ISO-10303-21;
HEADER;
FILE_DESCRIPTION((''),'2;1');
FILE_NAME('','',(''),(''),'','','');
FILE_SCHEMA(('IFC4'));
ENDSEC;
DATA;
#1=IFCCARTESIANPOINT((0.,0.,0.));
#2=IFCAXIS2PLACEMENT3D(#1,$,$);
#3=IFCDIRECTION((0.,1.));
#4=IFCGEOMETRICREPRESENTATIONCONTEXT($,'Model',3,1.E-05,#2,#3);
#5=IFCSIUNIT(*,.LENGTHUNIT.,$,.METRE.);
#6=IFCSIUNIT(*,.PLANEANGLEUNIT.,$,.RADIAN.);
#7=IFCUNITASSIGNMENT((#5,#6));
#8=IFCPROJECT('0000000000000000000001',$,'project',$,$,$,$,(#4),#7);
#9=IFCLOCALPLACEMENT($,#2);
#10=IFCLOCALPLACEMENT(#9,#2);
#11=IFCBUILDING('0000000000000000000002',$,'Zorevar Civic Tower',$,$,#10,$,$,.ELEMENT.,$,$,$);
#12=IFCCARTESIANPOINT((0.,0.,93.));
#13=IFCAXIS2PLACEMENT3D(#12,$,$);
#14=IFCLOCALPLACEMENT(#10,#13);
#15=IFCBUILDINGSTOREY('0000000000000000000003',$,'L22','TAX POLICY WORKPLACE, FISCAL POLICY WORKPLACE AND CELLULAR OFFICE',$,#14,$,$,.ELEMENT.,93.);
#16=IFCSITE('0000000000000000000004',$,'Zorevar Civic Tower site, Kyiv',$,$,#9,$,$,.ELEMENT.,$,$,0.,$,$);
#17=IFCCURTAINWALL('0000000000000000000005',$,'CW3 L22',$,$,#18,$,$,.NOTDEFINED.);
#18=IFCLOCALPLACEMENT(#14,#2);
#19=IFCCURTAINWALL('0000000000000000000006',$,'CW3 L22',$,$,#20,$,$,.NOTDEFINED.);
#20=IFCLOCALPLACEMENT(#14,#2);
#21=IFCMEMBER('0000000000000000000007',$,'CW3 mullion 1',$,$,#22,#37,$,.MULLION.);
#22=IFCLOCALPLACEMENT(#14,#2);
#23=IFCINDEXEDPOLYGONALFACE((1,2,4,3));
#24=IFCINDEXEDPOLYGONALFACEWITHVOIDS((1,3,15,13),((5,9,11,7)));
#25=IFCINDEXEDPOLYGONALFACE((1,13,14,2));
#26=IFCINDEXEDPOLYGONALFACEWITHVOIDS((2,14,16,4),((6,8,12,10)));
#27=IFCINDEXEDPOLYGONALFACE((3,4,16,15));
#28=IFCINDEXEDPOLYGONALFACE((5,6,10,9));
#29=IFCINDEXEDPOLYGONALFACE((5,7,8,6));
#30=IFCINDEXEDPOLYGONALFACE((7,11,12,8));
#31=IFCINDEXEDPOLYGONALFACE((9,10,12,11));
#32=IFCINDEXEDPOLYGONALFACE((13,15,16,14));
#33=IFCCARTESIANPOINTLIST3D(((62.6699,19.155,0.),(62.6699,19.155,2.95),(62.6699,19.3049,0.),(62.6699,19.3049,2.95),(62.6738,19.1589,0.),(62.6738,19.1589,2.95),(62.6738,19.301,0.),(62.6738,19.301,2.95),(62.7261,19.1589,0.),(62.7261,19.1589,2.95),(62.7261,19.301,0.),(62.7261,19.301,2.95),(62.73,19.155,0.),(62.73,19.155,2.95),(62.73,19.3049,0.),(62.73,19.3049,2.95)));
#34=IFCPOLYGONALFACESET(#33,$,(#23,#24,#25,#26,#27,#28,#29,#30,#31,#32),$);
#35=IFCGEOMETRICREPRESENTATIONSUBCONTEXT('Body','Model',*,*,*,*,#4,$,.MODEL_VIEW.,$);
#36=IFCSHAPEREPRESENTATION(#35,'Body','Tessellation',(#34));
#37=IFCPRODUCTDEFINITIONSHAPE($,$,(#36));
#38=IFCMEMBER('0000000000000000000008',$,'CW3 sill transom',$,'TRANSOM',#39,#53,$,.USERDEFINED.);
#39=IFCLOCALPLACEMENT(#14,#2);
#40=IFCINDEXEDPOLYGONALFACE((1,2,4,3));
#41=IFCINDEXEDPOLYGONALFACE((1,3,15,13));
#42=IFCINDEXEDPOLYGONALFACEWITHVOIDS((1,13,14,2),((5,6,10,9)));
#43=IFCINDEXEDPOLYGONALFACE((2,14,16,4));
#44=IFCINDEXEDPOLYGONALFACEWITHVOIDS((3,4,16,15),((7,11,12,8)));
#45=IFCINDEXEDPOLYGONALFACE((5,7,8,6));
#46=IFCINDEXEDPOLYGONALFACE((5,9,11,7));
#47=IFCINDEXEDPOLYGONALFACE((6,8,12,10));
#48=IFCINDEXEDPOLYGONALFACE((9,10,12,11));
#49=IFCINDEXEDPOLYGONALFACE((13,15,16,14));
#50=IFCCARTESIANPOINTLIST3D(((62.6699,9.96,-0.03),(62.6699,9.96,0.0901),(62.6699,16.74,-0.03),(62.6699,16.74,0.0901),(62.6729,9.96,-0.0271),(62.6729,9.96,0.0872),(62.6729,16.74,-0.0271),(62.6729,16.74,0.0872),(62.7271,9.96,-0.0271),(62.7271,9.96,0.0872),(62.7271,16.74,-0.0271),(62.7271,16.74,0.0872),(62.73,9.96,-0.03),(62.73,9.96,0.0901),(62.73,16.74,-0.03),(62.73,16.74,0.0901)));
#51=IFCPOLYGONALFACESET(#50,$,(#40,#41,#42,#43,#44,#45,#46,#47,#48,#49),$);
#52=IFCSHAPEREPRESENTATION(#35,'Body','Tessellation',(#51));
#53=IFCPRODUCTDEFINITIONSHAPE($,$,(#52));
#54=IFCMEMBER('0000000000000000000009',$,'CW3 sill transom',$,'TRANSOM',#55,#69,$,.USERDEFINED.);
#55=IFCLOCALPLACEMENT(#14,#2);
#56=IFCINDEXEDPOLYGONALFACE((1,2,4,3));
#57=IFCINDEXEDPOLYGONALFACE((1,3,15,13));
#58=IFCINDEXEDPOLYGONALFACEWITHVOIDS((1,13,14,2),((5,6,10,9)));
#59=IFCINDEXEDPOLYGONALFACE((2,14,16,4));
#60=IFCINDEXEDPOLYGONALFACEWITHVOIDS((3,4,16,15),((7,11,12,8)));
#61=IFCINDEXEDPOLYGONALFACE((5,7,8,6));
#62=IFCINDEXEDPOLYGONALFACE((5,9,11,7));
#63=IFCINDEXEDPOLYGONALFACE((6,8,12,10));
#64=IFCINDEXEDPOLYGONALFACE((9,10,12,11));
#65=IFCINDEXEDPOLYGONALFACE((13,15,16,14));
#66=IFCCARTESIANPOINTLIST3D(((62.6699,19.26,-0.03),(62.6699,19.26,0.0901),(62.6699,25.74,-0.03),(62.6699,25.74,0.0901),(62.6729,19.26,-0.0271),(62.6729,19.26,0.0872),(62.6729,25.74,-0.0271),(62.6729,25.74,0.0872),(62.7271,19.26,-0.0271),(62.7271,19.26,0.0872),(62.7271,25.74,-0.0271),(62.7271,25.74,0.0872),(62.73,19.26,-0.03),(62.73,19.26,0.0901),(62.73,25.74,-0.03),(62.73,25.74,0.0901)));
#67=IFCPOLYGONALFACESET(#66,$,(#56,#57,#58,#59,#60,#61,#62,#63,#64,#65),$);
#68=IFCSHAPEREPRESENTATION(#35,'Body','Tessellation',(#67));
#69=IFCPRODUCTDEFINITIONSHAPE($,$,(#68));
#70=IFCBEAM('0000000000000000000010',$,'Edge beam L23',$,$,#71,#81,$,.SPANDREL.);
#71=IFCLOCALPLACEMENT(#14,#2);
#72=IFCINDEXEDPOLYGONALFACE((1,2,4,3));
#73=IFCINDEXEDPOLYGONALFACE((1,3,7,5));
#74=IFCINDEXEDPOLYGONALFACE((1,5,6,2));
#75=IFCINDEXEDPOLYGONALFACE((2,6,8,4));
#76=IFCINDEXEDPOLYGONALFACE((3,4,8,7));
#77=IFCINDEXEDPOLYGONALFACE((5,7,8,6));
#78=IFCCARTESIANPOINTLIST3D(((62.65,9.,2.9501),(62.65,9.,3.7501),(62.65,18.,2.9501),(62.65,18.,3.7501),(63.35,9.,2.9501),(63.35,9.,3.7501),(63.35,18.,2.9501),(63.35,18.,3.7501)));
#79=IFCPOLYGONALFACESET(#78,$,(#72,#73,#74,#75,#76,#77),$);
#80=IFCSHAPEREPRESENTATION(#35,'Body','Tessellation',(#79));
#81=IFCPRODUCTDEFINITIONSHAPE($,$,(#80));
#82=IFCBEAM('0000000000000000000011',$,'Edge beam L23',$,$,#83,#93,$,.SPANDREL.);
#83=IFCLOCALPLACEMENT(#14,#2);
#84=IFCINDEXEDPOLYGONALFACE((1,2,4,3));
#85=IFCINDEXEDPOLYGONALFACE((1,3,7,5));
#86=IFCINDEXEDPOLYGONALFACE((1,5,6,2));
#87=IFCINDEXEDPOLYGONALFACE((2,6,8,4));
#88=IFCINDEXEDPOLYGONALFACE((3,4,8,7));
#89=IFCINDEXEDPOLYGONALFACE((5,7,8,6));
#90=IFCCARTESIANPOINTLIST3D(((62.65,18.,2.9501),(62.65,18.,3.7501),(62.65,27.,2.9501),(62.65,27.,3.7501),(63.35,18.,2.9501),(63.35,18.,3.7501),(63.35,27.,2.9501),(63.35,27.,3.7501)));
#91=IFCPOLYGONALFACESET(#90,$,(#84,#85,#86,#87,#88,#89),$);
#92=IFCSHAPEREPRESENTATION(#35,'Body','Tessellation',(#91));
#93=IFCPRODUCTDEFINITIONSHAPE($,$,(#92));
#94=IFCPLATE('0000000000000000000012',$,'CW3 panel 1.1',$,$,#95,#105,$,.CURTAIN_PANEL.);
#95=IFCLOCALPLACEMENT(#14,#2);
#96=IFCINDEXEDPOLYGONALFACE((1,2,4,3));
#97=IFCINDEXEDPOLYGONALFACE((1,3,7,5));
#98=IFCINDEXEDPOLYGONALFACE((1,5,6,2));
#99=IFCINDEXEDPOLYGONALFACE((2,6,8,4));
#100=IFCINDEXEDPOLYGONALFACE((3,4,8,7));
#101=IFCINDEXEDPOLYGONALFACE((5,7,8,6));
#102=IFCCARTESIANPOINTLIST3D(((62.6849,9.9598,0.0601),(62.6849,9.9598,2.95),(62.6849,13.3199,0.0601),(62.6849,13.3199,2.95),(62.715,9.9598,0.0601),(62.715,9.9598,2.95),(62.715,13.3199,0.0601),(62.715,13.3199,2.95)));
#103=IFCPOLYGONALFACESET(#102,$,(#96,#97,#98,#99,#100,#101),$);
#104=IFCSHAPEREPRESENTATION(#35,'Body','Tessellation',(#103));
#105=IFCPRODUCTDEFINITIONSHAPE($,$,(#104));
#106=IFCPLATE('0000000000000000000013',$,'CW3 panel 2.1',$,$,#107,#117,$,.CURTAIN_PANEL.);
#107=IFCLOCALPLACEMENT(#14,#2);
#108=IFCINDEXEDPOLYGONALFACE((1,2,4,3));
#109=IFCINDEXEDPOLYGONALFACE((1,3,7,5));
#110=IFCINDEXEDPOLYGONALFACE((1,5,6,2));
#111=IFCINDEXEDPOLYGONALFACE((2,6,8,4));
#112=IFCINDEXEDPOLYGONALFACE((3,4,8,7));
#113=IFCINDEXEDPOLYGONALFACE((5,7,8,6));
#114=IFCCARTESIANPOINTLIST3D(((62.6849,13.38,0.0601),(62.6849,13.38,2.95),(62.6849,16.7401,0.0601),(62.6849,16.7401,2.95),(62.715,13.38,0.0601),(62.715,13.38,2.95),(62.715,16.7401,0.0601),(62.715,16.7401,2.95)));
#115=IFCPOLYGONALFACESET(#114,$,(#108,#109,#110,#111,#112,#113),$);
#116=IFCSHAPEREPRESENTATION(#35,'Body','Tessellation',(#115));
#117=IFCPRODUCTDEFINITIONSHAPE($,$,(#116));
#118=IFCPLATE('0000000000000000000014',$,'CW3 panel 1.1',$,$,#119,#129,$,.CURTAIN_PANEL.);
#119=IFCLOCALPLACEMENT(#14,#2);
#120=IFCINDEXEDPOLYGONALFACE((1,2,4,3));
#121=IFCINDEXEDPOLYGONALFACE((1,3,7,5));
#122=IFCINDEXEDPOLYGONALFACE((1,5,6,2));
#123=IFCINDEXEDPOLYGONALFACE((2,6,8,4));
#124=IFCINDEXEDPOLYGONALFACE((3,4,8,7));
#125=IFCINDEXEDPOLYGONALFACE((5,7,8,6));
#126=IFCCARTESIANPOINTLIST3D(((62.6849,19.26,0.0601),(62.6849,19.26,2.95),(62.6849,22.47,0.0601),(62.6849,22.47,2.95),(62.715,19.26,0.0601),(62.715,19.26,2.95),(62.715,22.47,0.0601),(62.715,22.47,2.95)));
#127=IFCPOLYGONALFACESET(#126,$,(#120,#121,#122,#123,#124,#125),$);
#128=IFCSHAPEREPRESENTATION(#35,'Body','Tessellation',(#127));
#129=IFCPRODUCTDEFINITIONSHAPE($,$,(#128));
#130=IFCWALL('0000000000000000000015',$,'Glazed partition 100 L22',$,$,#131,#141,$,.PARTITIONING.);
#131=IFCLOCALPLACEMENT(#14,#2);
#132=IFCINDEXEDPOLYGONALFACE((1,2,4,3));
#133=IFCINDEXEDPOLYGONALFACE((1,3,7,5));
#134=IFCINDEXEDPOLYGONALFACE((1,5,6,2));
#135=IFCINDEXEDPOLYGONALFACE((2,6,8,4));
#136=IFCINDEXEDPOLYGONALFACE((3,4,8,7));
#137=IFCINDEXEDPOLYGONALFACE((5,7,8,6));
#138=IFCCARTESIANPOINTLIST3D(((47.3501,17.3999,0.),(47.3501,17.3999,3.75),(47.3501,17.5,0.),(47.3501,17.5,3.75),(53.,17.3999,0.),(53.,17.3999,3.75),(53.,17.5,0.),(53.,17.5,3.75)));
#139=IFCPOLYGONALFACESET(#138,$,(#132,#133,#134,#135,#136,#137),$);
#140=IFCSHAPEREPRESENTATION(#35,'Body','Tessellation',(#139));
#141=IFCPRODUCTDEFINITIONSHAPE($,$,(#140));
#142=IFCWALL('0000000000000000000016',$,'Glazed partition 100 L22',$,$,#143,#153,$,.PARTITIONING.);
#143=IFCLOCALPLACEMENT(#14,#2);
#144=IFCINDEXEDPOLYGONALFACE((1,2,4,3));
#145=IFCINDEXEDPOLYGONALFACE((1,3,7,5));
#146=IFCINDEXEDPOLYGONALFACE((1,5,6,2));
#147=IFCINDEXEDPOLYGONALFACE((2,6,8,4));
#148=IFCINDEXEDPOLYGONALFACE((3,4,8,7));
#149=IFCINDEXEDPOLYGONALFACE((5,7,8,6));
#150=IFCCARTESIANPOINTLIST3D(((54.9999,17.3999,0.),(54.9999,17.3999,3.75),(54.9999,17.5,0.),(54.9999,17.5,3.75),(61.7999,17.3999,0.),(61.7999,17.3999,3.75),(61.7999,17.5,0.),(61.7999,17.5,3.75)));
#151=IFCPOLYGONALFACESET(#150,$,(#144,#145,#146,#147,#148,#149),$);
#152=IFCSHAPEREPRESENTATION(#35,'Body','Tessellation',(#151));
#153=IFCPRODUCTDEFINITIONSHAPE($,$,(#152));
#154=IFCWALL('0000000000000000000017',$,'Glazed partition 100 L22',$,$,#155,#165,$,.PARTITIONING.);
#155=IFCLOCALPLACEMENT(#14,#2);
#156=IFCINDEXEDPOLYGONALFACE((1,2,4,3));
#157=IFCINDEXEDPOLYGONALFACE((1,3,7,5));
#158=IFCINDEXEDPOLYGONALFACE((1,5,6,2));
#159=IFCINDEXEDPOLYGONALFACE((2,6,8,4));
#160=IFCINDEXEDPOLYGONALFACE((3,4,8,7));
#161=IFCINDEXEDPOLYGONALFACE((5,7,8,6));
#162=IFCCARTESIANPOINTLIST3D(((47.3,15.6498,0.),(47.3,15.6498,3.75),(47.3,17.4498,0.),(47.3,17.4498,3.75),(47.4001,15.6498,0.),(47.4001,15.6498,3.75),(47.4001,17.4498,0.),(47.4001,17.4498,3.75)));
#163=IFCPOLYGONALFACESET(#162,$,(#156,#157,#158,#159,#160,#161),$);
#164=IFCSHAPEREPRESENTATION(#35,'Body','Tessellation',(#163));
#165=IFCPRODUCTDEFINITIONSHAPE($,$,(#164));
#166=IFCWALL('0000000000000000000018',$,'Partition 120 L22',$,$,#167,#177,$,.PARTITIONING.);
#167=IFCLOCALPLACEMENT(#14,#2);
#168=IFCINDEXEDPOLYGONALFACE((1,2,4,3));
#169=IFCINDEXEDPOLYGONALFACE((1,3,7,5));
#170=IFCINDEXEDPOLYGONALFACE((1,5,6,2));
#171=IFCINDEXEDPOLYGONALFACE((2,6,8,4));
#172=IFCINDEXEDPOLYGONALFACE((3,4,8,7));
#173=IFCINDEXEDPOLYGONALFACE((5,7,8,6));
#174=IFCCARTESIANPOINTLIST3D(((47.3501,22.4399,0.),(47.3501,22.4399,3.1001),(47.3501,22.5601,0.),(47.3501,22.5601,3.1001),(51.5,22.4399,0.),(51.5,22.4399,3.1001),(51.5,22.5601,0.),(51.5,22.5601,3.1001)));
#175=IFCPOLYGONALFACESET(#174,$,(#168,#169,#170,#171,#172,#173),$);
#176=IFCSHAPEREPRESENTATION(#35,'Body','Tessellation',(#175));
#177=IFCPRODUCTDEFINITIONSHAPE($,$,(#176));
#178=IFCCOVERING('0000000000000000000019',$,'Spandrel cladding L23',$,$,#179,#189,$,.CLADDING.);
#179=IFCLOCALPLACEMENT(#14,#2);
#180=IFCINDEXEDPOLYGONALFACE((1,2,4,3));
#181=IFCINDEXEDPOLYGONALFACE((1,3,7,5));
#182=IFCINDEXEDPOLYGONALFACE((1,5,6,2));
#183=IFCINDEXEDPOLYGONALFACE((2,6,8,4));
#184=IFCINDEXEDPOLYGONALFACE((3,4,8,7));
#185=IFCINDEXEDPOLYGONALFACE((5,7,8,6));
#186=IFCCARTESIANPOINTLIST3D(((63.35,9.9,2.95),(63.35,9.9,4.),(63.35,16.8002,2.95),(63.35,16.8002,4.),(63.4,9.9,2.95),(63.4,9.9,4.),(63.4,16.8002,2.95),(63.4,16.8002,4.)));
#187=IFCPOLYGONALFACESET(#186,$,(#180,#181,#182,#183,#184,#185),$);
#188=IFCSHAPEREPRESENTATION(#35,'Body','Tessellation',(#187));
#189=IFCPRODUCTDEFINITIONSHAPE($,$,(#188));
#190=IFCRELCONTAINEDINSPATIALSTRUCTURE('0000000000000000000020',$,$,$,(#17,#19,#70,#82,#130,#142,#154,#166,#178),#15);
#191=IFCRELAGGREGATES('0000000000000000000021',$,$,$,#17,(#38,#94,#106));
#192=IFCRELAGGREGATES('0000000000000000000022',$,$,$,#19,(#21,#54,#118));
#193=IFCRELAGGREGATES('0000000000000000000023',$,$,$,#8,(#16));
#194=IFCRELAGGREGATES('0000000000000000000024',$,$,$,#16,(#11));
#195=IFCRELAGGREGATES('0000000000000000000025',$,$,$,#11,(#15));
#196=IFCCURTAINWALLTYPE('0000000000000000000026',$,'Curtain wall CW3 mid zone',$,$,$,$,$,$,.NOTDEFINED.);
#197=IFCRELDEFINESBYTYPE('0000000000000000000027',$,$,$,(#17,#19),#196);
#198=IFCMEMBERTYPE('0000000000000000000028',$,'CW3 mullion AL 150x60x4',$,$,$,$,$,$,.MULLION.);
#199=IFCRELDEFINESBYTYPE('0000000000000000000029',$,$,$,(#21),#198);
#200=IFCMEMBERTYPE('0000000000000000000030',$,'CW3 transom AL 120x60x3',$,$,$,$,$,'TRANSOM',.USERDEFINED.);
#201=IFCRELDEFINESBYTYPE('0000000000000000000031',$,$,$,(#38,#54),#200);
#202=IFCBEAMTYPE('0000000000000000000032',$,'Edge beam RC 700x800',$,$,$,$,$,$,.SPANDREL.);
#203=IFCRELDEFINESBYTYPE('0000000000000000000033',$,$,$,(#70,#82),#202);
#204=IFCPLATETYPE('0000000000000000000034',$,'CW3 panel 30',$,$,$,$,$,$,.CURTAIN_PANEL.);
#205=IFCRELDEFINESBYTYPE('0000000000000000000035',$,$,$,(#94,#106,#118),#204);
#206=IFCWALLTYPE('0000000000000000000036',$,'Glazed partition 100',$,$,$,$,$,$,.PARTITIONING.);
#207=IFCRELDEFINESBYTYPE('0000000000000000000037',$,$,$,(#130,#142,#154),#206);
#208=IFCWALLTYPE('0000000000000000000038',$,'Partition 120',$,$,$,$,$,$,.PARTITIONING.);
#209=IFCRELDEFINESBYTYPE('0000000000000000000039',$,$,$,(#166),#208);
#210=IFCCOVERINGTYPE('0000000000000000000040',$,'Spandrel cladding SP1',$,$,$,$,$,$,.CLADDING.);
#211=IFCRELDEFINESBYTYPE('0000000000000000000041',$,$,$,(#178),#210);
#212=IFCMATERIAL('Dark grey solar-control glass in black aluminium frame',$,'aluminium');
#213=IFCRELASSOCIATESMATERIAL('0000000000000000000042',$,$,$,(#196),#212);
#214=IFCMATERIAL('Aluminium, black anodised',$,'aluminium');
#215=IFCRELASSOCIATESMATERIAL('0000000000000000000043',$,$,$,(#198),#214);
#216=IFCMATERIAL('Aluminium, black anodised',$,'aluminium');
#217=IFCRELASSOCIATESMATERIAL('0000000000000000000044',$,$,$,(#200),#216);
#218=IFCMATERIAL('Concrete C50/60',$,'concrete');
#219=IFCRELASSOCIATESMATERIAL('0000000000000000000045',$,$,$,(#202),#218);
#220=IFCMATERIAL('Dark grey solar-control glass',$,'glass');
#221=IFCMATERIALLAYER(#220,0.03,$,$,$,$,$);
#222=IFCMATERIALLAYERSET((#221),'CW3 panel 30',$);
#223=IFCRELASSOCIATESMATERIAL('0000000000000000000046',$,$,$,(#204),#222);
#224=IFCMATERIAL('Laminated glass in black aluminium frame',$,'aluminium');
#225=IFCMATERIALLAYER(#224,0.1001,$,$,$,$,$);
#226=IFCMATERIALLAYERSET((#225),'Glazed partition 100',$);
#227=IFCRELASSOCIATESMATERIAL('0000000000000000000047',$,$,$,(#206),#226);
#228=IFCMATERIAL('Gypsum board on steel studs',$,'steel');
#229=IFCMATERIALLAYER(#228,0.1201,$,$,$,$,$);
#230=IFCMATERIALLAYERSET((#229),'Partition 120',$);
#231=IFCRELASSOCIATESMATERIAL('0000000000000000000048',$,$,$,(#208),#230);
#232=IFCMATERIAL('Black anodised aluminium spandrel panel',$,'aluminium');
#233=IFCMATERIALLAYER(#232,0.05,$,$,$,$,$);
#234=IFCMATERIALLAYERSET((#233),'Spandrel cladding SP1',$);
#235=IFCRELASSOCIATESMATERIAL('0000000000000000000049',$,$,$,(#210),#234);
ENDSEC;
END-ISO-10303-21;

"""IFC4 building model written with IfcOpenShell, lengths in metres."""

from ifc_helpers import new_model, si_unit, direction, frame, frame_2d, origin, origin_2d, place, context, subcontext, project, spatial, rectangle, hollow_rectangle, extrude, material, layer, layer_set, material_profile, profile_set, type_object, element, aggregate, save


model = new_model("IFC4")

# Units and contexts
model_context = context("Model", 3, precision=1e-05, world=origin(), true_north=direction((0.0, 1.0)))
body_context = subcontext(model_context, "Body", "Model", "MODEL_VIEW")
ifc_project = project(units=[si_unit("LENGTHUNIT", "METRE"), si_unit("PLANEANGLEUNIT", "RADIAN")], contexts=[model_context])

# Site, building, storey
site_placement = place(None, origin())
site = spatial("IfcSite", under=ifc_project, at=site_placement, Name="Zorevar Civic Tower site, Kyiv", CompositionType="ELEMENT", RefElevation=0.0)
building_placement = place(site_placement, origin())
building = spatial("IfcBuilding", under=site, at=building_placement, Name="Zorevar Civic Tower", CompositionType="ELEMENT")
storey_placement = place(building_placement, frame((0.0, 0.0, 93.0)))
storey = spatial("IfcBuildingStorey", under=building, at=storey_placement, Name="L22", Description="TAX POLICY WORKPLACE, FISCAL POLICY WORKPLACE AND CELLULAR OFFICE", CompositionType="ELEMENT", Elevation=93.0)

# Curtain wall
ifc_material_1 = material(Name="Dark grey solar-control glass in black aluminium frame", Category="aluminium")
curtain_wall_type = type_object("IfcCurtainWallType", Name="Curtain wall CW3 mid zone", PredefinedType="NOTDEFINED", material=ifc_material_1)
curtain_wall_1_placement = place(storey_placement, origin())
curtain_wall_1 = element("IfcCurtainWall", 1, at=curtain_wall_1_placement, inside=storey, type_object=curtain_wall_type, Name="CW3 L22", PredefinedType="NOTDEFINED")
ifc_material_2 = material(Name="Aluminium, black anodised", Category="aluminium")
ifc_material_profile_1 = material_profile(ifc_material_2, hollow_rectangle(XDim=0.0601, YDim=0.1499, WallThickness=0.0039, at=origin_2d()), Name="AL 150x60x4")
ifc_profile_set_1 = profile_set([ifc_material_profile_1], Name="Aluminium, black anodised")
member_type_1 = type_object("IfcMemberType", Name="CW3 mullion AL 150x60x4", PredefinedType="MULLION", material=ifc_profile_set_1)

# Curtain wall, member
curtain_wall_2_placement = place(storey_placement, origin())
curtain_wall_2 = element("IfcCurtainWall", 2, at=curtain_wall_2_placement, inside=storey, type_object=curtain_wall_type, Name="CW3 L22", PredefinedType="NOTDEFINED")
member_1_placement = place(storey_placement, frame((62.7, 19.23, 0.0), z_axis=(0.0, 0.0, 1.0), x_axis=(-1.0, 0.0, 0.0)))
member_1 = element("IfcMember", 3, at=member_1_placement, type_object=member_type_1, Name="CW3 mullion 1", PredefinedType="MULLION", context=body_context, shape_type="SweptSolid", body=[
    extrude(hollow_rectangle(XDim=0.0601, YDim=0.1499, WallThickness=0.0039, at=origin_2d()), origin(), (0.0, 0.0, 1.0), 2.95),
])

# Members
ifc_material_3 = material(Name="Aluminium, black anodised", Category="aluminium")
ifc_material_profile_2 = material_profile(ifc_material_3, hollow_rectangle(XDim=0.0601, YDim=0.1201, WallThickness=0.0029, at=origin_2d()), Name="AL 120x60x3")
ifc_profile_set_2 = profile_set([ifc_material_profile_2], Name="Aluminium, black anodised")
member_type_2 = type_object("IfcMemberType", Name="CW3 transom AL 120x60x3", ElementType="TRANSOM", PredefinedType="USERDEFINED", material=ifc_profile_set_2)
member_2_placement = place(storey_placement, frame((62.7, 9.96, 0.03), z_axis=(0.0, 1.0, 0.0), x_axis=(-1.0, 0.0, 0.0)))
member_2 = element("IfcMember", 4, at=member_2_placement, type_object=member_type_2, Name="CW3 sill transom", ObjectType="TRANSOM", PredefinedType="USERDEFINED", context=body_context, shape_type="SweptSolid", body=[
    extrude(hollow_rectangle(XDim=0.0601, YDim=0.1201, WallThickness=0.0029, at=origin_2d()), origin(), (0.0, 0.0, 1.0), 6.78),
])
member_3_placement = place(storey_placement, frame((62.7, 19.26, 0.03), z_axis=(0.0, 1.0, 0.0), x_axis=(-1.0, 0.0, 0.0)))
member_3 = element("IfcMember", 5, at=member_3_placement, type_object=member_type_2, Name="CW3 sill transom", ObjectType="TRANSOM", PredefinedType="USERDEFINED", context=body_context, shape_type="SweptSolid", body=[
    extrude(hollow_rectangle(XDim=0.0601, YDim=0.1201, WallThickness=0.0029, at=origin_2d()), origin(), (0.0, 0.0, 1.0), 6.48),
])

# Beams
ifc_material_4 = material(Name="Concrete C50/60", Category="concrete")
ifc_material_profile_3 = material_profile(ifc_material_4, rectangle(XDim=0.7, YDim=0.8, at=origin_2d()), Name="RC 700x800")
ifc_profile_set_3 = profile_set([ifc_material_profile_3], Name="Concrete C50/60")
beam_type_1 = type_object("IfcBeamType", Name="Edge beam RC 700x800", PredefinedType="SPANDREL", material=ifc_profile_set_3)
for number, where, z_axis, x_axis, name in (
    (6, (63.0, 9.0, 3.3501), (0.0, 1.0, 0.0), (-1.0, 0.0, 0.0), "Edge beam L23"),
    (7, (63.0, 18.0, 3.3501), (0.0, 1.0, 0.0), (-1.0, 0.0, 0.0), "Edge beam L23"),
):
    element("IfcBeam", number, at=place(storey_placement, frame(where, z_axis=z_axis, x_axis=x_axis)), inside=storey, type_object=beam_type_1, Name=name, PredefinedType="SPANDREL", context=body_context, shape_type="SweptSolid", body=[
        extrude(rectangle(XDim=0.7, YDim=0.8, at=origin_2d()), origin(), (0.0, 0.0, 1.0), 9.0),
    ])

# Plates
ifc_material_5 = material(Name="Dark grey solar-control glass", Category="glass")
ifc_layer_1 = layer(ifc_material_5, 0.03)
ifc_layer_set_1 = layer_set([ifc_layer_1], Name="CW3 panel 30")
plate_type = type_object("IfcPlateType", Name="CW3 panel 30", PredefinedType="CURTAIN_PANEL", material=ifc_layer_set_1)
plate_1_placement = place(storey_placement, frame((62.7, 11.6399, 0.0601), z_axis=(0.0, 0.0, 1.0), x_axis=(0.0, 1.0, 0.0)))
plate_1 = element("IfcPlate", 8, at=plate_1_placement, type_object=plate_type, Name="CW3 panel 1.1", PredefinedType="CURTAIN_PANEL", context=body_context, shape_type="SweptSolid", body=[
    extrude(rectangle(XDim=3.3601, YDim=0.03, at=origin_2d()), origin(), (0.0, 0.0, 1.0), 2.8899),
])
plate_2_placement = place(storey_placement, frame((62.7, 15.0601, 0.0601), z_axis=(0.0, 0.0, 1.0), x_axis=(0.0, 1.0, 0.0)))
plate_2 = element("IfcPlate", 9, at=plate_2_placement, type_object=plate_type, Name="CW3 panel 2.1", PredefinedType="CURTAIN_PANEL", context=body_context, shape_type="SweptSolid", body=[
    extrude(rectangle(XDim=3.3601, YDim=0.03, at=origin_2d()), origin(), (0.0, 0.0, 1.0), 2.8899),
])
aggregate(curtain_wall_1, [member_2, plate_1, plate_2])
plate_3_placement = place(storey_placement, frame((62.7, 20.865, 0.0601), z_axis=(0.0, 0.0, 1.0), x_axis=(0.0, 1.0, 0.0)))
plate_3 = element("IfcPlate", 10, at=plate_3_placement, type_object=plate_type, Name="CW3 panel 1.1", PredefinedType="CURTAIN_PANEL", context=body_context, shape_type="SweptSolid", body=[
    extrude(rectangle(XDim=3.21, YDim=0.03, at=origin_2d()), origin(), (0.0, 0.0, 1.0), 2.8899),
])
aggregate(curtain_wall_2, [member_1, member_3, plate_3])

# Walls
ifc_material_6 = material(Name="Laminated glass in black aluminium frame", Category="aluminium")
ifc_layer_2 = layer(ifc_material_6, 0.1001)
ifc_layer_set_2 = layer_set([ifc_layer_2], Name="Glazed partition 100")
wall_type_1 = type_object("IfcWallType", Name="Glazed partition 100", PredefinedType="PARTITIONING", material=ifc_layer_set_2)
wall_1_placement = place(storey_placement, frame((47.3501, 17.45, 0.0), z_axis=(0.0, 0.0, 1.0), x_axis=(1.0, 0.0, 0.0)))
element("IfcWall", 11, at=wall_1_placement, inside=storey, type_object=wall_type_1, Name="Glazed partition 100 L22", PredefinedType="PARTITIONING", context=body_context, shape_type="SweptSolid", body=[
    extrude(rectangle(XDim=5.6499, YDim=0.1001, at=frame_2d((2.825, 0.0))), origin(), (0.0, 0.0, 1.0), 3.75),
])
wall_2_placement = place(storey_placement, frame((55.0, 17.45, 0.0), z_axis=(0.0, 0.0, 1.0), x_axis=(1.0, 0.0, 0.0)))
element("IfcWall", 12, at=wall_2_placement, inside=storey, type_object=wall_type_1, Name="Glazed partition 100 L22", PredefinedType="PARTITIONING", context=body_context, shape_type="SweptSolid", body=[
    extrude(rectangle(XDim=6.8, YDim=0.1001, at=frame_2d((3.3999, 0.0))), origin(), (0.0, 0.0, 1.0), 3.75),
])
wall_3_placement = place(storey_placement, frame((47.3501, 15.6499, 0.0), z_axis=(0.0, 0.0, 1.0), x_axis=(0.0, 1.0, 0.0)))
element("IfcWall", 13, at=wall_3_placement, inside=storey, type_object=wall_type_1, Name="Glazed partition 100 L22", PredefinedType="PARTITIONING", context=body_context, shape_type="SweptSolid", body=[
    extrude(rectangle(XDim=1.8, YDim=0.1001, at=frame_2d((0.8999, 0.0))), origin(), (0.0, 0.0, 1.0), 3.75),
])
ifc_material_7 = material(Name="Gypsum board on steel studs", Category="steel")
ifc_layer_3 = layer(ifc_material_7, 0.1201)
ifc_layer_set_3 = layer_set([ifc_layer_3], Name="Partition 120")
wall_type_2 = type_object("IfcWallType", Name="Partition 120", PredefinedType="PARTITIONING", material=ifc_layer_set_3)
wall_4_placement = place(storey_placement, frame((47.3501, 22.5, 0.0), z_axis=(0.0, 0.0, 1.0), x_axis=(1.0, 0.0, 0.0)))
element("IfcWall", 14, at=wall_4_placement, inside=storey, type_object=wall_type_2, Name="Partition 120 L22", PredefinedType="PARTITIONING", context=body_context, shape_type="SweptSolid", body=[
    extrude(rectangle(XDim=4.1499, YDim=0.1201, at=frame_2d((2.075, 0.0))), origin(), (0.0, 0.0, 1.0), 3.1001),
])

# Covering
ifc_material_8 = material(Name="Black anodised aluminium spandrel panel", Category="aluminium")
ifc_layer_4 = layer(ifc_material_8, 0.05)
ifc_layer_set_4 = layer_set([ifc_layer_4], Name="Spandrel cladding SP1")
covering_type = type_object("IfcCoveringType", Name="Spandrel cladding SP1", PredefinedType="CLADDING", material=ifc_layer_set_4)
covering_1_placement = place(storey_placement, frame((63.375, 9.8999, 2.95), z_axis=(0.0, 0.0, 1.0), x_axis=(0.0, 1.0, 0.0)))
element("IfcCovering", 15, at=covering_1_placement, inside=storey, type_object=covering_type, Name="Spandrel cladding L23", PredefinedType="CLADDING", context=body_context, shape_type="SweptSolid", body=[
    extrude(rectangle(XDim=6.9001, YDim=0.05, at=frame_2d((3.4502, 0.0))), origin(), (0.0, 0.0, 1.0), 1.05),
])

save(model, "model.ifc")
